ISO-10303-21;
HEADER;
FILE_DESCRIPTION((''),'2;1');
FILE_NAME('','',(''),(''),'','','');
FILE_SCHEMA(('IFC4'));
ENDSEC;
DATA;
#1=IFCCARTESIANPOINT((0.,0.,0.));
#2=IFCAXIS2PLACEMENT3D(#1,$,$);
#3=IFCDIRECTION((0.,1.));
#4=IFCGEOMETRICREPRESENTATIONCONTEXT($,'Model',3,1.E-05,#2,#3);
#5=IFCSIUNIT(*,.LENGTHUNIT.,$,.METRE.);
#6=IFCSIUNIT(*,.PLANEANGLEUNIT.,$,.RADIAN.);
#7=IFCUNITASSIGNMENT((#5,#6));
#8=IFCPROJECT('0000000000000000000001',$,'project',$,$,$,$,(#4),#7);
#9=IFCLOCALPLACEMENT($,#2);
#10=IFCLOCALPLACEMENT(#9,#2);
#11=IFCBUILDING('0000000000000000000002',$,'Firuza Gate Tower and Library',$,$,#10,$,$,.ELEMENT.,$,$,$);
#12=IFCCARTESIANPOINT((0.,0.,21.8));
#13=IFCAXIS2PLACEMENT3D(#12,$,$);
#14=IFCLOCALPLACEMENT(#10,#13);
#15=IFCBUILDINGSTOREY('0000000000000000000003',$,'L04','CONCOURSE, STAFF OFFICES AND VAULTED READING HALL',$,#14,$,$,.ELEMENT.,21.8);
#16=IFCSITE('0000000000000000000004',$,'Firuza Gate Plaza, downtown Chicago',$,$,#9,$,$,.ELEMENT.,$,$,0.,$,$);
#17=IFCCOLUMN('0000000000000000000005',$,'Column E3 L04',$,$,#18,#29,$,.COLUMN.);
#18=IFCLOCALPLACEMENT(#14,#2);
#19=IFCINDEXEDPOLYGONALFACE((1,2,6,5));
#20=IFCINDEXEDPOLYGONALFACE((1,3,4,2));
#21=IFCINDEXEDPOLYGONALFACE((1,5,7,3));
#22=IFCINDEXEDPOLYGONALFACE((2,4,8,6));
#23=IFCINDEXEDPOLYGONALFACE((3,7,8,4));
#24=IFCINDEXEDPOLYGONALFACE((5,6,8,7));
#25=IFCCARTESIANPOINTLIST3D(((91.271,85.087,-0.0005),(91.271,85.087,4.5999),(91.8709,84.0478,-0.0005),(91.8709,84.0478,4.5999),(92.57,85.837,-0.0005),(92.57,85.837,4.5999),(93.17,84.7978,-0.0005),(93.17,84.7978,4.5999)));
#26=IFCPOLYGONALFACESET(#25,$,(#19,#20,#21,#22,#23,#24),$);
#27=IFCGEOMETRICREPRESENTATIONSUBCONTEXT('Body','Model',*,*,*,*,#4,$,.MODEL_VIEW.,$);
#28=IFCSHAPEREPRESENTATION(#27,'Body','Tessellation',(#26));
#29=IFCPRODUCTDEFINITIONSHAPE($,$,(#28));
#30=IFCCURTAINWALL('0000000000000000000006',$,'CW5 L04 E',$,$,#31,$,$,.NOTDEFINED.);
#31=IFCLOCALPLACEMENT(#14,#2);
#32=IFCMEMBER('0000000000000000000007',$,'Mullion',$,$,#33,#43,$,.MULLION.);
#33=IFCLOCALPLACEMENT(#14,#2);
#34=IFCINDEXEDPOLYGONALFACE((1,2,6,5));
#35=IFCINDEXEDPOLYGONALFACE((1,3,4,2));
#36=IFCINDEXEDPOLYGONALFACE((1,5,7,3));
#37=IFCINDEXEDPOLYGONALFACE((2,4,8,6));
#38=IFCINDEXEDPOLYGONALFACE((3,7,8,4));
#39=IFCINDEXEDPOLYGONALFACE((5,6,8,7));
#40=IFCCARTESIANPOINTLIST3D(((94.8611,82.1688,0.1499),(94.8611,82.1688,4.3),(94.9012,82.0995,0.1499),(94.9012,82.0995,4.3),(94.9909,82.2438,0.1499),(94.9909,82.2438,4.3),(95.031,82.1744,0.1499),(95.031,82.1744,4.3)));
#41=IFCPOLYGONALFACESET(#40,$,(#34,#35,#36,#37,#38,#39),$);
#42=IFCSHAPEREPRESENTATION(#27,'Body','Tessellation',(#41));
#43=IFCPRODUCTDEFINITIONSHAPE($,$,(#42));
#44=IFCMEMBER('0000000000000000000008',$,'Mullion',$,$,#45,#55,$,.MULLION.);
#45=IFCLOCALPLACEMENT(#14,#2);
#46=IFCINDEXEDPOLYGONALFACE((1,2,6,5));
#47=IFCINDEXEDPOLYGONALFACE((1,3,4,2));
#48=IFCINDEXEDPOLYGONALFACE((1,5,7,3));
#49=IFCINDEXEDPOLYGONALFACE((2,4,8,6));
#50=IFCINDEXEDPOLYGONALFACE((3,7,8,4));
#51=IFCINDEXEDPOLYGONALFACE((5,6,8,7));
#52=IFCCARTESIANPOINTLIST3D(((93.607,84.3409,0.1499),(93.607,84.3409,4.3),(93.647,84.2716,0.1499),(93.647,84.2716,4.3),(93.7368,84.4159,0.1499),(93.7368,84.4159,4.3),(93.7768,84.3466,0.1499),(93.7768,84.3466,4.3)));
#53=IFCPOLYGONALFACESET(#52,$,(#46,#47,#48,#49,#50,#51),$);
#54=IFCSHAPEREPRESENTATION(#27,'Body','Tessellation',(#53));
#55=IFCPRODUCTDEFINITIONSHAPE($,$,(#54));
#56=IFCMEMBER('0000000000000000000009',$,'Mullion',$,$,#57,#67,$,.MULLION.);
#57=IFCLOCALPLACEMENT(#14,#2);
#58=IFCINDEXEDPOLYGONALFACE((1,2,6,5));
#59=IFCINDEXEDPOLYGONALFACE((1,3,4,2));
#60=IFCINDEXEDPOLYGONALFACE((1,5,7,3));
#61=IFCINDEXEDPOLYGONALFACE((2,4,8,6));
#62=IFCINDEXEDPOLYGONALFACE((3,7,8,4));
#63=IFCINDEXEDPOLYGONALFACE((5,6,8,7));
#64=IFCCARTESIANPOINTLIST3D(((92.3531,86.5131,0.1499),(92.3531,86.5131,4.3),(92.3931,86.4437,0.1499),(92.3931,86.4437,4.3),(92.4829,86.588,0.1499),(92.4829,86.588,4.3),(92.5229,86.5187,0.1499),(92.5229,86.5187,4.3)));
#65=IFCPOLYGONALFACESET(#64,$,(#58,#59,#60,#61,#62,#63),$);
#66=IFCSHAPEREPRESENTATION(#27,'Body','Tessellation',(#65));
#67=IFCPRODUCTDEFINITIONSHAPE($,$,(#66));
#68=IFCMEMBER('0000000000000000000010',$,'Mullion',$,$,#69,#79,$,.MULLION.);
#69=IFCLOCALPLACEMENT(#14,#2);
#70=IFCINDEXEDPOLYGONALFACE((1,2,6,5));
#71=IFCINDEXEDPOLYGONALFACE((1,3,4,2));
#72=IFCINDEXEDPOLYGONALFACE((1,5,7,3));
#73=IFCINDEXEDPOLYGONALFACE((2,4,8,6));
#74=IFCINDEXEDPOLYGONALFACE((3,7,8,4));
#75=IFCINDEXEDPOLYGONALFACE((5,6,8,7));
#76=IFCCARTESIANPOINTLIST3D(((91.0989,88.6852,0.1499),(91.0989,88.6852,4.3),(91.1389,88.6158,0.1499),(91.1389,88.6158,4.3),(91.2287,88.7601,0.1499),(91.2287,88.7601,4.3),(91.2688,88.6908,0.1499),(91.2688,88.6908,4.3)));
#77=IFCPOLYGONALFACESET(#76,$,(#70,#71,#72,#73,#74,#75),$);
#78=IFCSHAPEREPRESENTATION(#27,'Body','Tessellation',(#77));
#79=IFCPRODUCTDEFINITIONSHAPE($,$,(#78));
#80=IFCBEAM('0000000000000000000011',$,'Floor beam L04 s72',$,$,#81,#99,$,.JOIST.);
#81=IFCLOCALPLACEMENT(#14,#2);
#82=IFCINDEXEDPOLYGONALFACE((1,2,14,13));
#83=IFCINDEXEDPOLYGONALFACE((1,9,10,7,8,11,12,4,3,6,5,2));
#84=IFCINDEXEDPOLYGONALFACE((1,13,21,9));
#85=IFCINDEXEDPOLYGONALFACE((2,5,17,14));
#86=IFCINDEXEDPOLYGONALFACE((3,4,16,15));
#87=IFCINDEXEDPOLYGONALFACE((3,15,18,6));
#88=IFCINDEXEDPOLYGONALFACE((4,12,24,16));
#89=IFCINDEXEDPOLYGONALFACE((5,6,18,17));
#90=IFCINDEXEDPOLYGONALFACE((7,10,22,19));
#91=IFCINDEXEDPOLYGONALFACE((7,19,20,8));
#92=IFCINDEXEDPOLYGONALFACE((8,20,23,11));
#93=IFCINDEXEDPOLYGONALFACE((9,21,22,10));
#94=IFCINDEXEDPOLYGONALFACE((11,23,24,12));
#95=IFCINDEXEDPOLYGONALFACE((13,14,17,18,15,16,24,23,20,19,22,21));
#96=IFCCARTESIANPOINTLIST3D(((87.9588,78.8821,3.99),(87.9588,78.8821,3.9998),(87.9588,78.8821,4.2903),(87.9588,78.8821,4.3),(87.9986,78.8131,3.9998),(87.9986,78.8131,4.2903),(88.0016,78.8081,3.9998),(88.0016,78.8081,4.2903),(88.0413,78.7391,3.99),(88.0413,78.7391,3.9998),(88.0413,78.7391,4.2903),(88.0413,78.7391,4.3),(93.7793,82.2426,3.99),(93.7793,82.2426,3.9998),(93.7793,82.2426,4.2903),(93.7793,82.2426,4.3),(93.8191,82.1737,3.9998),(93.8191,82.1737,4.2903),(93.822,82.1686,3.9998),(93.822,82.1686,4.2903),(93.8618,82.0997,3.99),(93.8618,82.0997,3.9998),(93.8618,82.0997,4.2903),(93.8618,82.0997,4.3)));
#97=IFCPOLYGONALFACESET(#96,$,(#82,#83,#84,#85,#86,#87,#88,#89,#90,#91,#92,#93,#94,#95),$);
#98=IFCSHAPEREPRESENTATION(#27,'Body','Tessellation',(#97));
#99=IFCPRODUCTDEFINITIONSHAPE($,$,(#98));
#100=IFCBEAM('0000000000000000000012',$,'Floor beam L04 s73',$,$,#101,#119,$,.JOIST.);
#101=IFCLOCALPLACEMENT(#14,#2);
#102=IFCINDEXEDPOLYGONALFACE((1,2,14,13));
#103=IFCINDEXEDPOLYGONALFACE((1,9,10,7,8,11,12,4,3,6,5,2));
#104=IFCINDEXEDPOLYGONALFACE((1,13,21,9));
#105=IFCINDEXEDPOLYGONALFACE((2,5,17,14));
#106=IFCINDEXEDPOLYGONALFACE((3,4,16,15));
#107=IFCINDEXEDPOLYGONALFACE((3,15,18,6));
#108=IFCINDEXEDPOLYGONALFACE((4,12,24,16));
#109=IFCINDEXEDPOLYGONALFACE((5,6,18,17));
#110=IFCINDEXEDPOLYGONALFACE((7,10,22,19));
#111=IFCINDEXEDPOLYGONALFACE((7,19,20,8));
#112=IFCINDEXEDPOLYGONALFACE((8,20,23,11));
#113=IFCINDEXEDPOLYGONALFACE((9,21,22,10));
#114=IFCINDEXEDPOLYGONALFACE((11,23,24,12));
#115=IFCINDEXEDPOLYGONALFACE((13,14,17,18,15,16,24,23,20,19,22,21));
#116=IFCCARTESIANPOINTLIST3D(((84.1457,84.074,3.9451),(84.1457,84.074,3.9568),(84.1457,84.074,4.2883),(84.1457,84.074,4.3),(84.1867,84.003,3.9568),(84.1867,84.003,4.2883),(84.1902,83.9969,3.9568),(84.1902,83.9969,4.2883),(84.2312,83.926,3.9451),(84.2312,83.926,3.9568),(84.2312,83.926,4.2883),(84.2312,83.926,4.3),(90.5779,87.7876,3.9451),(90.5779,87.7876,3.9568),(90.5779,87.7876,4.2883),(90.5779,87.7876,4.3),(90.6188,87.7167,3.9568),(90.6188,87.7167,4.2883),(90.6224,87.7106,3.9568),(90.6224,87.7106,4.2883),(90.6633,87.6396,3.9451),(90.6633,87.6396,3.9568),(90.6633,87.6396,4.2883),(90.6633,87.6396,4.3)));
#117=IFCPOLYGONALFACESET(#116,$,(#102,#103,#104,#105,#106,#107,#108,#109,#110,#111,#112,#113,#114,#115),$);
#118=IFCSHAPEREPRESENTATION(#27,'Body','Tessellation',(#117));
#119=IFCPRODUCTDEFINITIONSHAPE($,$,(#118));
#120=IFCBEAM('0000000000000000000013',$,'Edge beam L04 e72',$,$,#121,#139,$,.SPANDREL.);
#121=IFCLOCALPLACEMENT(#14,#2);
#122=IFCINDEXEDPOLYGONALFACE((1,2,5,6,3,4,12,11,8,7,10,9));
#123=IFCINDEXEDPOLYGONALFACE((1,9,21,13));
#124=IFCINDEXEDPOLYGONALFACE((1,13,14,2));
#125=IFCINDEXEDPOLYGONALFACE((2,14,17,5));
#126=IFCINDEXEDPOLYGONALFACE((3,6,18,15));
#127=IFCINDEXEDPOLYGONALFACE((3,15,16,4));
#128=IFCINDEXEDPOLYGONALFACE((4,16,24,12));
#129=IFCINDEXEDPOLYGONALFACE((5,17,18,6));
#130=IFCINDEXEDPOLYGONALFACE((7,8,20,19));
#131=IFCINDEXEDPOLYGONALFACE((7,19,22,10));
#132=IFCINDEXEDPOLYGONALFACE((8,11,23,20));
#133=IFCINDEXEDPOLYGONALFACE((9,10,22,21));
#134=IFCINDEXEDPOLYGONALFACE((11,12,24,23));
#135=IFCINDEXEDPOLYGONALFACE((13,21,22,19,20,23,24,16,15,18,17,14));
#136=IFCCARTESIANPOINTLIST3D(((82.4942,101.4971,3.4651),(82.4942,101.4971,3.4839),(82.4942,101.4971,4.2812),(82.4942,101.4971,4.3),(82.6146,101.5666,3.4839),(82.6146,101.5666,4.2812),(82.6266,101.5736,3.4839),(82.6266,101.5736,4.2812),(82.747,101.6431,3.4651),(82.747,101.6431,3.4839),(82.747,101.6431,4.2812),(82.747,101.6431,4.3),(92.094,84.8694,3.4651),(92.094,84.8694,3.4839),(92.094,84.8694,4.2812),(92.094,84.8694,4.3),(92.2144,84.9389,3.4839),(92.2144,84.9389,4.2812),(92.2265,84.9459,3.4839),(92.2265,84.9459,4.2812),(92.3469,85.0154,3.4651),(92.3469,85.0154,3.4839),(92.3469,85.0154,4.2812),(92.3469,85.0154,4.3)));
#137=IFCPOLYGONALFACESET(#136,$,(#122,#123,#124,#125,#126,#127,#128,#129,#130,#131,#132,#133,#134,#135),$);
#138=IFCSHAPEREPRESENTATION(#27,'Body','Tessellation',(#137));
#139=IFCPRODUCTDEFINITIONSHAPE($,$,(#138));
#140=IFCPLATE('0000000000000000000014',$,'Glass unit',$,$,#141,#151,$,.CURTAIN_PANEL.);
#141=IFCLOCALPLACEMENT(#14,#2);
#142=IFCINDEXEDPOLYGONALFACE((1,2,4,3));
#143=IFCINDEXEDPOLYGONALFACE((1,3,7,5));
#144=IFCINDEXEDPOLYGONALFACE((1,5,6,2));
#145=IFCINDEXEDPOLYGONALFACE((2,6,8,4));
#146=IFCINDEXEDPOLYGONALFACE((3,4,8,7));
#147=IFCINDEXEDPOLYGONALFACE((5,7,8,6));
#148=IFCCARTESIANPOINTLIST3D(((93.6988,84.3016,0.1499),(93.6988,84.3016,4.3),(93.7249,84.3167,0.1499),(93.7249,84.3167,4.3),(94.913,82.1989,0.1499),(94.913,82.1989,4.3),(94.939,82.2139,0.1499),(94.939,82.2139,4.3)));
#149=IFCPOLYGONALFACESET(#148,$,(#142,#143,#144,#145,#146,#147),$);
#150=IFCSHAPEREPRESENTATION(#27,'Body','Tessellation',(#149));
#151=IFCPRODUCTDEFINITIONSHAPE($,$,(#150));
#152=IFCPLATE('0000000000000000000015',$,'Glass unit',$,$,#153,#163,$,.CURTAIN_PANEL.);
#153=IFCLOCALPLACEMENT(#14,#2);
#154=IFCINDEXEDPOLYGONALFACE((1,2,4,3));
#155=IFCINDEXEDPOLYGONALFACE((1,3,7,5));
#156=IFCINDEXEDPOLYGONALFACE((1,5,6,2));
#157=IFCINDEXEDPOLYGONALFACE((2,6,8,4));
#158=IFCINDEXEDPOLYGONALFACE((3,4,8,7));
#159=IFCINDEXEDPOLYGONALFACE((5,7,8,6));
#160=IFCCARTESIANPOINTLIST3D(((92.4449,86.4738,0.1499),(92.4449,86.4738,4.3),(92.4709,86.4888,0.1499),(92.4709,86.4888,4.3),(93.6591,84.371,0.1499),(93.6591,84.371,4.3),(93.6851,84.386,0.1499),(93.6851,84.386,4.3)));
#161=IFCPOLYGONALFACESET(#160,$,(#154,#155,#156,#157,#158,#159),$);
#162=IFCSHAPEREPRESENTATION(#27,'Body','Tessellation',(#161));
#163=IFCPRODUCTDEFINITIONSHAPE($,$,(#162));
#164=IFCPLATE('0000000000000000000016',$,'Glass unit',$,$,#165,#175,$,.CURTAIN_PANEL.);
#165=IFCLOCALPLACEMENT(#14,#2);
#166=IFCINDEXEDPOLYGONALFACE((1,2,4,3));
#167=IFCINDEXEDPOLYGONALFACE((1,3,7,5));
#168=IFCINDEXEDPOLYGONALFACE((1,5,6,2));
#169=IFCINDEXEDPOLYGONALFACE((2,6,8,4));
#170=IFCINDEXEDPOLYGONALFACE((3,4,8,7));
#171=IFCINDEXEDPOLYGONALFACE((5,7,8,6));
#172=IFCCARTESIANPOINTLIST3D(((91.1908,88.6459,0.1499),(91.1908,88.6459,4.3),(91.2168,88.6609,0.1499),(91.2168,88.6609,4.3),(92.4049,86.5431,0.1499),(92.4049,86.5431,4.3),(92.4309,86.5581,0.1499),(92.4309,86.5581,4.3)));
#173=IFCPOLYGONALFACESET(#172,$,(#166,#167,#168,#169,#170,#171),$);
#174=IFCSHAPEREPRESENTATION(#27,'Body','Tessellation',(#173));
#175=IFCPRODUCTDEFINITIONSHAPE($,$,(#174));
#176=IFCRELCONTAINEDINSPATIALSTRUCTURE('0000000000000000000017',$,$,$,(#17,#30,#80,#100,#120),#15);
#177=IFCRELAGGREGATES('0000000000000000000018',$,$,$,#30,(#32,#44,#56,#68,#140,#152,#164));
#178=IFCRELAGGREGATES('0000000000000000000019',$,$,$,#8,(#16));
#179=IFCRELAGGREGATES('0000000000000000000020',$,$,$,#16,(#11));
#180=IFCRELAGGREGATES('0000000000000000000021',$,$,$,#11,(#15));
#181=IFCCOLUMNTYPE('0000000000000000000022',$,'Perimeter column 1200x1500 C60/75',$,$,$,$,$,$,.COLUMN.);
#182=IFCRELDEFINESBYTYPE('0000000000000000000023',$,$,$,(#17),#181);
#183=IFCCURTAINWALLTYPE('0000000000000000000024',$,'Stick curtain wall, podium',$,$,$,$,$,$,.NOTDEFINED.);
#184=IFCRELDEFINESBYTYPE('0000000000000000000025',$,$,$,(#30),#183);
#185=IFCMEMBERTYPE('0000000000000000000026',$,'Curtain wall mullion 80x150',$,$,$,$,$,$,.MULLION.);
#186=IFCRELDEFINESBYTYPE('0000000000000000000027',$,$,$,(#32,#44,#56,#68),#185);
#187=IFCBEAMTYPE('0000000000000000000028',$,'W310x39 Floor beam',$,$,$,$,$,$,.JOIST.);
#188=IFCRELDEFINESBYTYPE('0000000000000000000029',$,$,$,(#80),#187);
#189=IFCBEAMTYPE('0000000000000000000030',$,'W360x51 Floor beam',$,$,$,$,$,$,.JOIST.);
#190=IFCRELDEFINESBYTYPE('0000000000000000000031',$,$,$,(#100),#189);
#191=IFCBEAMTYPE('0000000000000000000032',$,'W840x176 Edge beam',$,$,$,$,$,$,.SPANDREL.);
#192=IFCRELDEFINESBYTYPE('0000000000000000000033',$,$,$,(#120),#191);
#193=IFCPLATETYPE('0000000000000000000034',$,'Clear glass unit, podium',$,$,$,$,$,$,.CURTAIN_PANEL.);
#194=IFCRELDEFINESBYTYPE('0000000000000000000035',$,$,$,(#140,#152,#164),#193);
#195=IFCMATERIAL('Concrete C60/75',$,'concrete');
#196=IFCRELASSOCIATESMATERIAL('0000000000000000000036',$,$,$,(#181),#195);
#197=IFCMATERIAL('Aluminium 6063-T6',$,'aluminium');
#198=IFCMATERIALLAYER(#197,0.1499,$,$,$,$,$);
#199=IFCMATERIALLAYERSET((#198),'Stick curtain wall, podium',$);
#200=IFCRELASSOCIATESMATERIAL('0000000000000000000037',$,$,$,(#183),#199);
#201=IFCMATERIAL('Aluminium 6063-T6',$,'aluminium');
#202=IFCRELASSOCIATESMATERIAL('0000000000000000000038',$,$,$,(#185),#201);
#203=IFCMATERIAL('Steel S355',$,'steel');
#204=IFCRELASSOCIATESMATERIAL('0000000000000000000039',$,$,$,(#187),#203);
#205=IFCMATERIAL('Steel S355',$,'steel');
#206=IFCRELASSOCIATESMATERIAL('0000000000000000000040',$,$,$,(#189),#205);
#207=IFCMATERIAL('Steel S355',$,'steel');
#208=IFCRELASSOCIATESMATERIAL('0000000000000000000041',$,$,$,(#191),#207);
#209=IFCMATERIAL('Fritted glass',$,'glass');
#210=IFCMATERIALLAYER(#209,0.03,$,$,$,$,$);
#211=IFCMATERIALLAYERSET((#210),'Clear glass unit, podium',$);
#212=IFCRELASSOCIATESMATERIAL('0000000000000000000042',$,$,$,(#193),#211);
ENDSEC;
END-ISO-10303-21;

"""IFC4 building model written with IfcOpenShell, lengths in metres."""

from ifc_helpers import new_model, si_unit, direction, frame, origin, origin_2d, place, context, subcontext, project, spatial, polyline, rectangle, i_section, outline, extrude, material, layer, layer_set, material_profile, profile_set, type_object, element, aggregate, save


model = new_model("IFC4")

# Units and contexts
model_context = context("Model", 3, precision=1e-05, world=origin(), true_north=direction((0.0, 1.0)))
body_context = subcontext(model_context, "Body", "Model", "MODEL_VIEW")
ifc_project = project(units=[si_unit("LENGTHUNIT", "METRE"), si_unit("PLANEANGLEUNIT", "RADIAN")], contexts=[model_context])

# Site, building, storey
site_placement = place(None, origin())
site = spatial("IfcSite", under=ifc_project, at=site_placement, Name="Firuza Gate Plaza, downtown Chicago", CompositionType="ELEMENT", RefElevation=0.0)
building_placement = place(site_placement, origin())
building = spatial("IfcBuilding", under=site, at=building_placement, Name="Firuza Gate Tower and Library", CompositionType="ELEMENT")
storey_placement = place(building_placement, frame((0.0, 0.0, 21.8)))
storey = spatial("IfcBuildingStorey", under=building, at=storey_placement, Name="L04", Description="CONCOURSE, STAFF OFFICES AND VAULTED READING HALL", CompositionType="ELEMENT", Elevation=21.8)

# Column
ifc_material_1 = material(Name="Concrete C60/75", Category="concrete")
ifc_material_profile_1 = material_profile(ifc_material_1, rectangle(XDim=1.2, YDim=1.5, at=origin_2d()))
ifc_profile_set_1 = profile_set([ifc_material_profile_1], Name="Concrete C60/75")
column_type = type_object("IfcColumnType", Name="Perimeter column 1200x1500 C60/75", PredefinedType="COLUMN", material=ifc_profile_set_1)
column_placement = place(storey_placement, frame((92.2205, 84.9424, -0.0005), z_axis=(0.0, 0.0, 1.0), x_axis=(-0.5, 0.866025, 0.0)))
element("IfcColumn", 1, at=column_placement, inside=storey, type_object=column_type, Name="Column E3 L04", PredefinedType="COLUMN", context=body_context, shape_type="SweptSolid", body=[
    extrude(rectangle(XDim=1.2, YDim=1.5, at=origin_2d()), origin(), (0.0, 0.0, 1.0), 4.6003),
])

# Curtain wall, members
ifc_material_2 = material(Name="Aluminium 6063-T6", Category="aluminium")
ifc_layer_1 = layer(ifc_material_2, 0.1499)
ifc_layer_set_1 = layer_set([ifc_layer_1], Name="Stick curtain wall, podium")
curtain_wall_type = type_object("IfcCurtainWallType", Name="Stick curtain wall, podium", PredefinedType="NOTDEFINED", material=ifc_layer_set_1)
placement = place(storey_placement, origin())
curtain_wall = element("IfcCurtainWall", 2, at=placement, inside=storey, type_object=curtain_wall_type, Name="CW5 L04 E", PredefinedType="NOTDEFINED")
ifc_material_3 = material(Name="Aluminium 6063-T6", Category="aluminium")
ifc_material_profile_2 = material_profile(ifc_material_3, rectangle(XDim=0.1499, YDim=0.0801, at=origin_2d()))
ifc_profile_set_2 = profile_set([ifc_material_profile_2], Name="Aluminium 6063-T6")
member_type = type_object("IfcMemberType", Name="Curtain wall mullion 80x150", PredefinedType="MULLION", material=ifc_profile_set_2)
member_1_placement = place(storey_placement, frame((94.946, 82.1716, 0.1499), z_axis=(0.0, 0.0, 1.0), x_axis=(-0.866025, -0.5, 0.0)))
member_1 = element("IfcMember", 3, at=member_1_placement, type_object=member_type, Name="Mullion", PredefinedType="MULLION", context=body_context, shape_type="SweptSolid", body=[
    extrude(rectangle(XDim=0.1499, YDim=0.0801, at=origin_2d()), origin(), (0.0, 0.0, 1.0), 4.1501),
])
member_2_placement = place(storey_placement, frame((93.6919, 84.3438, 0.1499), z_axis=(0.0, 0.0, 1.0), x_axis=(-0.866025, -0.5, 0.0)))
member_2 = element("IfcMember", 4, at=member_2_placement, type_object=member_type, Name="Mullion", PredefinedType="MULLION", context=body_context, shape_type="SweptSolid", body=[
    extrude(rectangle(XDim=0.1499, YDim=0.0801, at=origin_2d()), origin(), (0.0, 0.0, 1.0), 4.1501),
])
member_3_placement = place(storey_placement, frame((92.438, 86.5159, 0.1499), z_axis=(0.0, 0.0, 1.0), x_axis=(-0.866025, -0.5, 0.0)))
member_3 = element("IfcMember", 5, at=member_3_placement, type_object=member_type, Name="Mullion", PredefinedType="MULLION", context=body_context, shape_type="SweptSolid", body=[
    extrude(rectangle(XDim=0.1499, YDim=0.0801, at=origin_2d()), origin(), (0.0, 0.0, 1.0), 4.1501),
])
member_4_placement = place(storey_placement, frame((91.1838, 88.688, 0.1499), z_axis=(0.0, 0.0, 1.0), x_axis=(-0.866025, -0.5, 0.0)))
member_4 = element("IfcMember", 6, at=member_4_placement, type_object=member_type, Name="Mullion", PredefinedType="MULLION", context=body_context, shape_type="SweptSolid", body=[
    extrude(rectangle(XDim=0.1499, YDim=0.0801, at=origin_2d()), origin(), (0.0, 0.0, 1.0), 4.1501),
])

# Beams
ifc_material_4 = material(Name="Steel S355", Category="steel")
ifc_material_profile_3 = material_profile(ifc_material_4, i_section(OverallWidth=0.165, OverallDepth=0.3101, WebThickness=0.0059, FlangeThickness=0.0098, at=origin_2d()))
ifc_profile_set_3 = profile_set([ifc_material_profile_3], Name="Steel S355")
beam_type_1 = type_object("IfcBeamType", Name="W310x39 Floor beam", PredefinedType="JOIST", material=ifc_profile_set_3)
beam_1_placement = place(storey_placement, frame((93.8206, 82.1711, 4.145), z_axis=(-0.866019, -0.500011, 0.0), x_axis=(0.500011, -0.866019, 0.0)))
element("IfcBeam", 7, at=beam_1_placement, inside=storey, type_object=beam_type_1, Name="Floor beam L04 s72", PredefinedType="JOIST", context=body_context, shape_type="SweptSolid", body=[
    extrude(i_section(OverallWidth=0.165, OverallDepth=0.3101, WebThickness=0.0059, FlangeThickness=0.0098, at=origin_2d()), origin(), (0.0, 0.0, 1.0), 6.7209),
])
ifc_material_5 = material(Name="Steel S355", Category="steel")
ifc_material_profile_4 = material_profile(ifc_material_5, i_section(OverallWidth=0.1709, OverallDepth=0.355, WebThickness=0.0071, FlangeThickness=0.0117, at=origin_2d()))
ifc_profile_set_4 = profile_set([ifc_material_profile_4], Name="Steel S355")
beam_type_2 = type_object("IfcBeamType", Name="W360x51 Floor beam", PredefinedType="JOIST", material=ifc_profile_set_4)
beam_2_placement = place(storey_placement, frame((90.6206, 87.7136, 4.1226), z_axis=(-0.866024, -0.500003, 0.0), x_axis=(0.500003, -0.866024, 0.0)))
element("IfcBeam", 8, at=beam_2_placement, inside=storey, type_object=beam_type_2, Name="Floor beam L04 s73", PredefinedType="JOIST", context=body_context, shape_type="SweptSolid", body=[
    extrude(i_section(OverallWidth=0.1709, OverallDepth=0.355, WebThickness=0.0071, FlangeThickness=0.0117, at=origin_2d()), origin(), (0.0, 0.0, 1.0), 7.4272),
])
ifc_material_6 = material(Name="Steel S355", Category="steel")
ifc_material_profile_5 = material_profile(ifc_material_6, i_section(OverallWidth=0.292, OverallDepth=0.835, WebThickness=0.0139, FlangeThickness=0.0188, at=origin_2d()))
ifc_profile_set_5 = profile_set([ifc_material_profile_5], Name="Steel S355")
beam_type_3 = type_object("IfcBeamType", Name="W840x176 Edge beam", PredefinedType="SPANDREL", material=ifc_profile_set_5)
beam_3_placement = place(storey_placement, frame((92.2205, 84.9424, 3.8826), z_axis=(-0.499994, 0.866029, 0.0), x_axis=(-0.866029, -0.499994, 0.0)))
element("IfcBeam", 9, at=beam_3_placement, inside=storey, type_object=beam_type_3, Name="Edge beam L04 e72", PredefinedType="SPANDREL", context=body_context, shape_type="SweptSolid", body=[
    extrude(i_section(OverallWidth=0.292, OverallDepth=0.835, WebThickness=0.0139, FlangeThickness=0.0188, at=origin_2d()), origin(), (0.0, 0.0, 1.0), 19.2),
])

# Plates
ifc_material_7 = material(Name="Fritted glass", Category="glass")
ifc_layer_2 = layer(ifc_material_7, 0.03)
ifc_layer_set_2 = layer_set([ifc_layer_2], Name="Clear glass unit, podium")
plate_type = type_object("IfcPlateType", Name="Clear glass unit, podium", PredefinedType="CURTAIN_PANEL", material=ifc_layer_set_2)
plate_1_placement = place(storey_placement, frame((94.939, 82.2139, 0.1499), z_axis=(0.866013, 0.500021, 0.0), x_axis=(-0.500021, 0.866013, 0.0)))
plate_1 = element("IfcPlate", 10, at=plate_1_placement, type_object=plate_type, Name="Glass unit", PredefinedType="CURTAIN_PANEL", context=body_context, shape_type="SweptSolid", body=[
    extrude(outline(polyline([(0.0, 0.0), (2.4281, 0.0), (2.4281, 4.1501), (0.0, 4.1501), (0.0, 0.0)])), origin(), (0.0, 0.0, -1.0), 0.03),
])
plate_2_placement = place(storey_placement, frame((93.6851, 84.386, 0.1499), z_axis=(0.866013, 0.500021, 0.0), x_axis=(-0.500021, 0.866013, 0.0)))
plate_2 = element("IfcPlate", 11, at=plate_2_placement, type_object=plate_type, Name="Glass unit", PredefinedType="CURTAIN_PANEL", context=body_context, shape_type="SweptSolid", body=[
    extrude(outline(polyline([(0.0, 0.0), (2.4281, 0.0), (2.4281, 4.1501), (0.0, 4.1501), (0.0, 0.0)])), origin(), (0.0, 0.0, -1.0), 0.03),
])
plate_3_placement = place(storey_placement, frame((92.4309, 86.5581, 0.1499), z_axis=(0.866013, 0.500021, 0.0), x_axis=(-0.500021, 0.866013, 0.0)))
plate_3 = element("IfcPlate", 12, at=plate_3_placement, type_object=plate_type, Name="Glass unit", PredefinedType="CURTAIN_PANEL", context=body_context, shape_type="SweptSolid", body=[
    extrude(outline(polyline([(0.0, 0.0), (2.4281, 0.0), (2.4281, 4.1501), (0.0, 4.1501), (0.0, 0.0)])), origin(), (0.0, 0.0, -1.0), 0.03),
])
aggregate(curtain_wall, [member_1, member_2, member_3, member_4, plate_1, plate_2, plate_3])

save(model, "model.ifc")
